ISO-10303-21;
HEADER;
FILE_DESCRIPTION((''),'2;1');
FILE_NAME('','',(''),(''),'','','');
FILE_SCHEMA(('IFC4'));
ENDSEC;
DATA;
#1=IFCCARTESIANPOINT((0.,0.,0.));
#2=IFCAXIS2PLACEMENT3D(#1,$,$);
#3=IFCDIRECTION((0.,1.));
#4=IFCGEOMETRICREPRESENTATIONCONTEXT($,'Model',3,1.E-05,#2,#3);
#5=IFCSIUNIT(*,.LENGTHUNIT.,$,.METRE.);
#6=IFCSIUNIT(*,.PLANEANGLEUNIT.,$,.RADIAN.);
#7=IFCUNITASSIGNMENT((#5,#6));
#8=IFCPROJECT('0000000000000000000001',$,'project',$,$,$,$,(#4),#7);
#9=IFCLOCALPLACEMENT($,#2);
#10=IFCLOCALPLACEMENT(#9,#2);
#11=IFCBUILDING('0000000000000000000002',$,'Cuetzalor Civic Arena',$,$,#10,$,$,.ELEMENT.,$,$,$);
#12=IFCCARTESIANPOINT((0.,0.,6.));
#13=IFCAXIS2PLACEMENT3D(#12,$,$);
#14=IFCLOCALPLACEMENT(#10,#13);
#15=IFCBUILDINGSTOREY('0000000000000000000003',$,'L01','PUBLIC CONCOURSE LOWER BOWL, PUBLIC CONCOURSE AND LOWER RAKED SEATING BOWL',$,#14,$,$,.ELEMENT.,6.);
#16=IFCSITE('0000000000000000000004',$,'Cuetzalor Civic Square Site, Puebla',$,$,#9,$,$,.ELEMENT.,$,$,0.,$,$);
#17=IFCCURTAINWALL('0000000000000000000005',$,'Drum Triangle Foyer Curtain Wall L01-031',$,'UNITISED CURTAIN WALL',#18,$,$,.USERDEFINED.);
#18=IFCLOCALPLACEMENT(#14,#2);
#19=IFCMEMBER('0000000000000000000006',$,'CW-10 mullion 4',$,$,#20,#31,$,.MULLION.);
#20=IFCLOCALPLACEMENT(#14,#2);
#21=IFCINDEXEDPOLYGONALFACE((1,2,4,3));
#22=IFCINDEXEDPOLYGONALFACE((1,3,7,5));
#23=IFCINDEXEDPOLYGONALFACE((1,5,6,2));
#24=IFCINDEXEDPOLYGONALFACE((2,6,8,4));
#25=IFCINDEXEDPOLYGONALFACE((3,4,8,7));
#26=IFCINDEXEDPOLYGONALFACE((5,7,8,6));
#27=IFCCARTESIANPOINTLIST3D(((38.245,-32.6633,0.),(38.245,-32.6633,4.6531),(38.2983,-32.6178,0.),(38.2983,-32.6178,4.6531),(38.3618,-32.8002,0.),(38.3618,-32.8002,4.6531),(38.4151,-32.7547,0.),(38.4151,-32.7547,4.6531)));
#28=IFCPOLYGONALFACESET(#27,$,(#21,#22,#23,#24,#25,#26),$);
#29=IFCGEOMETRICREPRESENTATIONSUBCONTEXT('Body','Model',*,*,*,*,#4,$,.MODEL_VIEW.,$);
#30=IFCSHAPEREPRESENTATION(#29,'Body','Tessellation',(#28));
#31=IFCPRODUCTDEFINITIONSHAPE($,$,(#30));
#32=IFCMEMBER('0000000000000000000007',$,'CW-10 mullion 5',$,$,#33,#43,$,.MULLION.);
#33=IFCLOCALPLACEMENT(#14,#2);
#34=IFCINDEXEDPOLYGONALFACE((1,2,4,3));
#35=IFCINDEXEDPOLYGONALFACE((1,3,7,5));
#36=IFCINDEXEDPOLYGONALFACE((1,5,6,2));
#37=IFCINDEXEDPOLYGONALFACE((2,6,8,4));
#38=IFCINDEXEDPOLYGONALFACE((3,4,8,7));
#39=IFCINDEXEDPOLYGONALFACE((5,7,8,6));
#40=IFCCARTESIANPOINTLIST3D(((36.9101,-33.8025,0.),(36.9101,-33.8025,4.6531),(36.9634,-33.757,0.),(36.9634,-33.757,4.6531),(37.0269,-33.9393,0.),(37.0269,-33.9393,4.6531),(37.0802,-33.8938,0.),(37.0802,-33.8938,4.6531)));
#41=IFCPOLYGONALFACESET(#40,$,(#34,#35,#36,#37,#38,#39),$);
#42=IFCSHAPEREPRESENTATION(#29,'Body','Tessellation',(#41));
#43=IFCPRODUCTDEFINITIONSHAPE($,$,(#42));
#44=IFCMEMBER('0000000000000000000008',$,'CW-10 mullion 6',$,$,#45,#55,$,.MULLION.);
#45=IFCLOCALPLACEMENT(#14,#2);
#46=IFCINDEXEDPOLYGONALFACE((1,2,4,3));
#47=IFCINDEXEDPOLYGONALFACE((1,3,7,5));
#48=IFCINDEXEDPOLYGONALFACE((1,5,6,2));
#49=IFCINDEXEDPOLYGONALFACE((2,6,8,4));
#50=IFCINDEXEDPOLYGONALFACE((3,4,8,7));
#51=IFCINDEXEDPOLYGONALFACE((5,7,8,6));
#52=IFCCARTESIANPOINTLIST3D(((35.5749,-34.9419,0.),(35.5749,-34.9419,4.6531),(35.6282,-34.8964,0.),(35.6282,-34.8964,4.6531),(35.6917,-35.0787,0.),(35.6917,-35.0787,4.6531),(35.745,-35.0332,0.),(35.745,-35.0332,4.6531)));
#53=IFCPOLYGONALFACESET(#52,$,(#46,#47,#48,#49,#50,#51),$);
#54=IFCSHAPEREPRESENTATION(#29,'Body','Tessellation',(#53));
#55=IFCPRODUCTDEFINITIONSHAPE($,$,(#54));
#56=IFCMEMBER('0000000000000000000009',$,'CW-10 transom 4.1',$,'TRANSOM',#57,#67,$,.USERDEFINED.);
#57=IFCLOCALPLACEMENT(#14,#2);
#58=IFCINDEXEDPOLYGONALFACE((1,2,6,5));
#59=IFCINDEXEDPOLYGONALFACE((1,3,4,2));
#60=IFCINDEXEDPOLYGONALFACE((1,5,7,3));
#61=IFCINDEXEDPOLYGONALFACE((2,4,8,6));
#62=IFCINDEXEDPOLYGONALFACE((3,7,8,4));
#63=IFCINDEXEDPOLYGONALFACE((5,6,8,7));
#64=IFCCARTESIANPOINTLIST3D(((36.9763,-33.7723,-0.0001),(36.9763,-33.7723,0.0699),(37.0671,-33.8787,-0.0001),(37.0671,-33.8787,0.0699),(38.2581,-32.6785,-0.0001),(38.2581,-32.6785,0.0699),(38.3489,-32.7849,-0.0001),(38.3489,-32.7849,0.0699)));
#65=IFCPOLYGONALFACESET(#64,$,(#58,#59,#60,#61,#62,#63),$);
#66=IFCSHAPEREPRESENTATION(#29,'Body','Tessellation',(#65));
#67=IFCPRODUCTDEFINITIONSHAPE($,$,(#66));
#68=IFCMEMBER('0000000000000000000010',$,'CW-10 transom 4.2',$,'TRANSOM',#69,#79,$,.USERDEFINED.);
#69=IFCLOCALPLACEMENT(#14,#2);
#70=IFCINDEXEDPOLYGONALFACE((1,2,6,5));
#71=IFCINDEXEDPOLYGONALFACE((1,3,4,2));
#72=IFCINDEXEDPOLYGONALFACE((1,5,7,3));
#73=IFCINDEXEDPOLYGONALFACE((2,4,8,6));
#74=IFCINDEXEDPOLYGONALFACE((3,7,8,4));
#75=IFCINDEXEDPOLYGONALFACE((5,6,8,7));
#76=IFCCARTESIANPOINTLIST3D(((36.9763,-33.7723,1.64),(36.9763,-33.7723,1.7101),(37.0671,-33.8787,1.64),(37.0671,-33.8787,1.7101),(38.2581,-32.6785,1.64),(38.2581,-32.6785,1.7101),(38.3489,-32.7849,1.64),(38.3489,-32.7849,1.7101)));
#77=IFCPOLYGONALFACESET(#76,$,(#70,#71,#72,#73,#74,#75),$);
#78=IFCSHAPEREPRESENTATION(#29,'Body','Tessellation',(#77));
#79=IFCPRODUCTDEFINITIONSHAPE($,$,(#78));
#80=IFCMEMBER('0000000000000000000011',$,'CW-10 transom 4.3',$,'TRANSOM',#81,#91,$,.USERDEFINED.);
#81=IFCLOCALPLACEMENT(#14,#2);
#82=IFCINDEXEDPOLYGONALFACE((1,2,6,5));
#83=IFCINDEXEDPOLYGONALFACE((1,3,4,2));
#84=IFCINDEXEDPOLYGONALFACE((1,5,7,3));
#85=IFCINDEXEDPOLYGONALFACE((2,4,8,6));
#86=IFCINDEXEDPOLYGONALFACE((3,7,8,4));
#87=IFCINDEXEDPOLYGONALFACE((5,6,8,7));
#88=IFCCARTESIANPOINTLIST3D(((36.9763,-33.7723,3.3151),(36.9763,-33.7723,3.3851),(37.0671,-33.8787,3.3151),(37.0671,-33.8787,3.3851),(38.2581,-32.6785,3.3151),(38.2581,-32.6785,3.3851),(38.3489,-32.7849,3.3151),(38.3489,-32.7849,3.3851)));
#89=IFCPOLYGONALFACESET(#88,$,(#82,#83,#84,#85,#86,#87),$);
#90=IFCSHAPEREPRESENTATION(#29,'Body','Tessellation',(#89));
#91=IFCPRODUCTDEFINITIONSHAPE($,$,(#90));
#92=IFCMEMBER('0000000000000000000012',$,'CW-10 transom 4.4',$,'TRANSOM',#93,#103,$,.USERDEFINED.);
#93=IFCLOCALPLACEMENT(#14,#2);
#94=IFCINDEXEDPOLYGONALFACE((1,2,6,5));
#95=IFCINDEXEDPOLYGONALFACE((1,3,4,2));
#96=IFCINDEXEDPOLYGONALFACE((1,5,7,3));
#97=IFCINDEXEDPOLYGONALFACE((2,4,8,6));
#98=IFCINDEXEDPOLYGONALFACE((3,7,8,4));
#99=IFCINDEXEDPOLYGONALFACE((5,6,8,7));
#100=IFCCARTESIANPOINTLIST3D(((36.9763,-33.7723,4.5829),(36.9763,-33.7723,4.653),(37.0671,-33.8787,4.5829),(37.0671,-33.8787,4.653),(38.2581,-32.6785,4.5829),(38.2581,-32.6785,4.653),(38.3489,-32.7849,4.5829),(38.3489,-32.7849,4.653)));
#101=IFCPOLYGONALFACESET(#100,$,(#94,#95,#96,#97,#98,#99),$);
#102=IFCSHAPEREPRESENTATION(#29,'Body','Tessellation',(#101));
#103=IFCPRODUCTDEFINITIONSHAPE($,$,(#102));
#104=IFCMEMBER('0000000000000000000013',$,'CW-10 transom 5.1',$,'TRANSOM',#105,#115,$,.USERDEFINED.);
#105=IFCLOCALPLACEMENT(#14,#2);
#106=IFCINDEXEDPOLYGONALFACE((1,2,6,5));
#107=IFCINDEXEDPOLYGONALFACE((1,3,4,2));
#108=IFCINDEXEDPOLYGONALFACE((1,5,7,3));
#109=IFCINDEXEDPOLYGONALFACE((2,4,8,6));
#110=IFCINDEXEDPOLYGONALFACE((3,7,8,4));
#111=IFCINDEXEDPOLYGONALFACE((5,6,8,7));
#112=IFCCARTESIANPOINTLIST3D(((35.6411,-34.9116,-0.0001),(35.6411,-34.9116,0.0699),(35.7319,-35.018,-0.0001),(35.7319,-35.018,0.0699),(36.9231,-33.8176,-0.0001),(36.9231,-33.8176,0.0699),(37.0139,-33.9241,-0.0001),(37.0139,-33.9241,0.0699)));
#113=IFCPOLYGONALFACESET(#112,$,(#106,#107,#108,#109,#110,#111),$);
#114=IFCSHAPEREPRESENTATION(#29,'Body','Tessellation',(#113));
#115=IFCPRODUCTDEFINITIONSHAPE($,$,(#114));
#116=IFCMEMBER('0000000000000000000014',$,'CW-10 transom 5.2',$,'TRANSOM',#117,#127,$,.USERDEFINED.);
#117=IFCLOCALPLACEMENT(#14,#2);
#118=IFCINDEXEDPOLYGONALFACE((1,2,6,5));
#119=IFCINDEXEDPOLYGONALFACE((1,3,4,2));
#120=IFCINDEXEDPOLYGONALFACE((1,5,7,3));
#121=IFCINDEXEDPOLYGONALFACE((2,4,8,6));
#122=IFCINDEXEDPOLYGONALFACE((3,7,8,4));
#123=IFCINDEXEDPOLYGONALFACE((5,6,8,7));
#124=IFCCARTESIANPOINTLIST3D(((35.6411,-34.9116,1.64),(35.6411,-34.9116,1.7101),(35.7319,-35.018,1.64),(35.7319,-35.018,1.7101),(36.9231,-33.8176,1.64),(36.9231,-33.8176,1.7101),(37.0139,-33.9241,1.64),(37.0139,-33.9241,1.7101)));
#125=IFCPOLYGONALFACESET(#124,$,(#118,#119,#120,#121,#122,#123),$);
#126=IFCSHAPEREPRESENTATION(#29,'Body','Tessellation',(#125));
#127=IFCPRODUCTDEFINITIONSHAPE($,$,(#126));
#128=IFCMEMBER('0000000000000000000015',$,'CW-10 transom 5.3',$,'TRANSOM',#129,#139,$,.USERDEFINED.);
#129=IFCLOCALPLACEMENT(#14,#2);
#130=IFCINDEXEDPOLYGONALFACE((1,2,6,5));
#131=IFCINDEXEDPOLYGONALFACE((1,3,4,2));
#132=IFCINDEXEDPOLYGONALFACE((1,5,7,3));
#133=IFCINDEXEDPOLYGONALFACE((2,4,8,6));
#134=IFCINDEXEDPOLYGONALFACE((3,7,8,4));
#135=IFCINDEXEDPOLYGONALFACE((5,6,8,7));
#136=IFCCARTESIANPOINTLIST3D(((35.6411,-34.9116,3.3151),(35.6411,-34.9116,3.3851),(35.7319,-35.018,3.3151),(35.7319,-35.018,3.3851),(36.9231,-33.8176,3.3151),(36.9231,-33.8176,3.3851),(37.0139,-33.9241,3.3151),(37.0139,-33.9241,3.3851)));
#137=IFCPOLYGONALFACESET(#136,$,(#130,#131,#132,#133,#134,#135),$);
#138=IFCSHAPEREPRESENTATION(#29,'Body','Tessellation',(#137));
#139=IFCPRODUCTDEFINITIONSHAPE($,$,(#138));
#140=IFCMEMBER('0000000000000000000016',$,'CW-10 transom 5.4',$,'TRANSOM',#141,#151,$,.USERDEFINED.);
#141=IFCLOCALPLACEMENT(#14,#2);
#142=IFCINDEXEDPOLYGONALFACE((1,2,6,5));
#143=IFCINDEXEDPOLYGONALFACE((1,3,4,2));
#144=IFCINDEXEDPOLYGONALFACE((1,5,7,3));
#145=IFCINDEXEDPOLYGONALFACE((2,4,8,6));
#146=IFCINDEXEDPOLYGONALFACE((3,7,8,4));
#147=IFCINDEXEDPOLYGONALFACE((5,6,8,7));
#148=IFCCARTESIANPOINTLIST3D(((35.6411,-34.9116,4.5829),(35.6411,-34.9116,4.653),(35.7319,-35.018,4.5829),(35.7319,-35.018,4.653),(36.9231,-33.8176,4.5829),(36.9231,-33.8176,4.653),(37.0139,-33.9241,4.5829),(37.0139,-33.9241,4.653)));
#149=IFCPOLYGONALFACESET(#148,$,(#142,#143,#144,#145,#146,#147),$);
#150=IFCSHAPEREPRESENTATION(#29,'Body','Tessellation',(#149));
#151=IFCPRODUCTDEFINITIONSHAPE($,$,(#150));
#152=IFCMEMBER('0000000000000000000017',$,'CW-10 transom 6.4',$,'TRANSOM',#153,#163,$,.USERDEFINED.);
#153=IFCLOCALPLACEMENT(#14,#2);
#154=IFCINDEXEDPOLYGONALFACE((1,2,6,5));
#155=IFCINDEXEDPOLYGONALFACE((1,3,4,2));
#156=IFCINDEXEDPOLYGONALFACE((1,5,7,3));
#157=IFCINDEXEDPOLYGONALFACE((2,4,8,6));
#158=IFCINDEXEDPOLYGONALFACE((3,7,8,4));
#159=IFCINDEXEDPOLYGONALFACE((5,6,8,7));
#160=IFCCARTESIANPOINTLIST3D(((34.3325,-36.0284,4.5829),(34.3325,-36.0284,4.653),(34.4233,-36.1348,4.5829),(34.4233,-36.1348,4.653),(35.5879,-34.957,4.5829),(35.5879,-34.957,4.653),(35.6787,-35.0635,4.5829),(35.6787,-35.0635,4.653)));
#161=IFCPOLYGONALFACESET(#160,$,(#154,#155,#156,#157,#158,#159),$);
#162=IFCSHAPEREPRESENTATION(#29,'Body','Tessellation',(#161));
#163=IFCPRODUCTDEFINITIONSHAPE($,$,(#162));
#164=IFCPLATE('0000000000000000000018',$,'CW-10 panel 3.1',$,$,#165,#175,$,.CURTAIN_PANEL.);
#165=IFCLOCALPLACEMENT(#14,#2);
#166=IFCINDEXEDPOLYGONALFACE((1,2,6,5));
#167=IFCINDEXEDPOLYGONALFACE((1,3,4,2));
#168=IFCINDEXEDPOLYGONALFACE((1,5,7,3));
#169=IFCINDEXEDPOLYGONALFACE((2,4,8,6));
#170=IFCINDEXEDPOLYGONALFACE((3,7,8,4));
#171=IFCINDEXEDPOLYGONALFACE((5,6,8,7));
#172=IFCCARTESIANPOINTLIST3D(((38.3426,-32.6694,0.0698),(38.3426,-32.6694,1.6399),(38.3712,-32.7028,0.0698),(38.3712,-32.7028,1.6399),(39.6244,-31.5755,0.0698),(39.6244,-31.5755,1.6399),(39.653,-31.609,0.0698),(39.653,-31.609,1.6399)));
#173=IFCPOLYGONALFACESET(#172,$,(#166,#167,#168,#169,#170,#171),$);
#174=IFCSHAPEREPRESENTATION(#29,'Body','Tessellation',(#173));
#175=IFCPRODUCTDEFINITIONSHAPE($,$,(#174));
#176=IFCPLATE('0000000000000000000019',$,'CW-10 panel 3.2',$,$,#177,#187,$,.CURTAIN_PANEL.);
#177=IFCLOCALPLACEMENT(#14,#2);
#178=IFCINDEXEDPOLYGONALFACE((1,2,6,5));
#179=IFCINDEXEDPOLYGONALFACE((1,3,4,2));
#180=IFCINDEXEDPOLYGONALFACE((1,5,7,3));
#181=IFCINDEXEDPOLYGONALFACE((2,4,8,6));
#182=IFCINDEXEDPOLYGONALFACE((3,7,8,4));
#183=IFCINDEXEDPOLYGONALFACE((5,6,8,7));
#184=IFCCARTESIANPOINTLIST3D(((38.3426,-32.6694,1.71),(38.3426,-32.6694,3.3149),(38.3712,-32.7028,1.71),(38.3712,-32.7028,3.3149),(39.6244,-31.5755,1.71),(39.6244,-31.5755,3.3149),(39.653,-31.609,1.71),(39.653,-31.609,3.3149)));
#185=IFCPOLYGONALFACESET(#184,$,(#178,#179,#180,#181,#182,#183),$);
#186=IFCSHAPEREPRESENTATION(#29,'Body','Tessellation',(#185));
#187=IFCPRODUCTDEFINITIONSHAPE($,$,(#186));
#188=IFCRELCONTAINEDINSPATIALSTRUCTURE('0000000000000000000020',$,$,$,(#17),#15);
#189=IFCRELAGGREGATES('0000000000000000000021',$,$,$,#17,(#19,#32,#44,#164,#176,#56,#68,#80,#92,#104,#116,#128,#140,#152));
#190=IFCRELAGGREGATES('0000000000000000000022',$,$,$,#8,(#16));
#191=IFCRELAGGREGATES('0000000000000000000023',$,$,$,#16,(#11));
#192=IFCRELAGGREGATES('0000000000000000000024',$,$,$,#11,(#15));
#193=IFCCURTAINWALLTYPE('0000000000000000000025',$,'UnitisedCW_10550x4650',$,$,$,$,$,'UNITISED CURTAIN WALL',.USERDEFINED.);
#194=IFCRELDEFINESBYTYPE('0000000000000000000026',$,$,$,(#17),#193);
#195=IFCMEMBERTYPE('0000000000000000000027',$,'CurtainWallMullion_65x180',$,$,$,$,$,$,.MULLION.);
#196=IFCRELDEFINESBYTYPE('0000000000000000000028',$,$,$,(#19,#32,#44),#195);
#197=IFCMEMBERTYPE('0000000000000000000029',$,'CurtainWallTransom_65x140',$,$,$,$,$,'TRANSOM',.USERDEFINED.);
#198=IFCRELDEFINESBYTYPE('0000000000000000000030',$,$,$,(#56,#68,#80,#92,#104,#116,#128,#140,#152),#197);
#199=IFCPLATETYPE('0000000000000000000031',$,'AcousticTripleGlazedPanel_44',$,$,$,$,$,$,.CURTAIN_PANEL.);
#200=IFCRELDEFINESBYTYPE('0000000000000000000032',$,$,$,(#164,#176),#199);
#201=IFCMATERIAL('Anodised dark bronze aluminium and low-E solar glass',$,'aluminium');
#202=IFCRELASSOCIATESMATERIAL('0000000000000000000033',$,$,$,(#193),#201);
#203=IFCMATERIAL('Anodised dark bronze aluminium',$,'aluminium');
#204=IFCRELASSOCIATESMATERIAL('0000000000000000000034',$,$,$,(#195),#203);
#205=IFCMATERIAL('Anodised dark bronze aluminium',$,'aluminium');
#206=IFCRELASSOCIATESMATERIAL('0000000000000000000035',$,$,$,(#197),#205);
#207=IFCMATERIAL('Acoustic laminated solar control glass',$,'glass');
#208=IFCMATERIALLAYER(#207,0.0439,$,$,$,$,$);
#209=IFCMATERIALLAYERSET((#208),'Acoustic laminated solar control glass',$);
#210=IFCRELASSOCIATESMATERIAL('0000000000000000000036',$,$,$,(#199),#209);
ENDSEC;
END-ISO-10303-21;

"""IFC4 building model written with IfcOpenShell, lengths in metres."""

from ifc_helpers import new_model, si_unit, direction, frame, origin, origin_2d, place, context, subcontext, project, spatial, rectangle, extrude, material, layer, layer_set, material_profile, profile_set, type_object, element, aggregate, save


model = new_model("IFC4")

# Units and contexts
model_context = context("Model", 3, precision=1e-05, world=origin(), true_north=direction((0.0, 1.0)))
body_context = subcontext(model_context, "Body", "Model", "MODEL_VIEW")
ifc_project = project(units=[si_unit("LENGTHUNIT", "METRE"), si_unit("PLANEANGLEUNIT", "RADIAN")], contexts=[model_context])

# Site, building, storey
site_placement = place(None, origin())
site = spatial("IfcSite", under=ifc_project, at=site_placement, Name="Cuetzalor Civic Square Site, Puebla", CompositionType="ELEMENT", RefElevation=0.0)
building_placement = place(site_placement, origin())
building = spatial("IfcBuilding", under=site, at=building_placement, Name="Cuetzalor Civic Arena", CompositionType="ELEMENT")
storey_placement = place(building_placement, frame((0.0, 0.0, 6.0)))
storey = spatial("IfcBuildingStorey", under=building, at=storey_placement, Name="L01", Description="PUBLIC CONCOURSE LOWER BOWL, PUBLIC CONCOURSE AND LOWER RAKED SEATING BOWL", CompositionType="ELEMENT", Elevation=6.0)

# Curtain wall, members, plates
ifc_material_1 = material(Name="Anodised dark bronze aluminium and low-E solar glass", Category="aluminium")
curtain_wall_type = type_object("IfcCurtainWallType", Name="UnitisedCW_10550x4650", ElementType="UNITISED CURTAIN WALL", PredefinedType="USERDEFINED", material=ifc_material_1)
curtain_wall_placement = place(storey_placement, origin())
curtain_wall = element("IfcCurtainWall", 1, at=curtain_wall_placement, inside=storey, type_object=curtain_wall_type, Name="Drum Triangle Foyer Curtain Wall L01-031", ObjectType="UNITISED CURTAIN WALL", PredefinedType="USERDEFINED")
ifc_material_2 = material(Name="Anodised dark bronze aluminium", Category="aluminium")
ifc_material_profile_1 = material_profile(ifc_material_2, rectangle(XDim=0.0701, YDim=0.1799, at=origin_2d()), Name="ALU MULLION 70x180")
ifc_profile_set_1 = profile_set([ifc_material_profile_1], Name="Anodised dark bronze aluminium")
member_type_1 = type_object("IfcMemberType", Name="CurtainWallMullion_65x180", PredefinedType="MULLION", material=ifc_profile_set_1)
member_1_placement = place(storey_placement, frame((38.3301, -32.709, 0.0), z_axis=(0.0, 0.0, 1.0), x_axis=(-0.760677, -0.64913, 0.0)))
member_1 = element("IfcMember", 2, at=member_1_placement, type_object=member_type_1, Name="CW-10 mullion 4", PredefinedType="MULLION", context=body_context, shape_type="SweptSolid", body=[
    extrude(rectangle(XDim=0.0701, YDim=0.1799, at=origin_2d()), origin(), (0.0, 0.0, 1.0), 4.6531),
])
member_2_placement = place(storey_placement, frame((36.9951, -33.8481, 0.0), z_axis=(0.0, 0.0, 1.0), x_axis=(-0.760677, -0.64913, 0.0)))
member_2 = element("IfcMember", 3, at=member_2_placement, type_object=member_type_1, Name="CW-10 mullion 5", PredefinedType="MULLION", context=body_context, shape_type="SweptSolid", body=[
    extrude(rectangle(XDim=0.0701, YDim=0.1799, at=origin_2d()), origin(), (0.0, 0.0, 1.0), 4.6531),
])
member_3_placement = place(storey_placement, frame((35.6599, -34.9875, 0.0), z_axis=(0.0, 0.0, 1.0), x_axis=(-0.760677, -0.64913, 0.0)))
member_3 = element("IfcMember", 4, at=member_3_placement, type_object=member_type_1, Name="CW-10 mullion 6", PredefinedType="MULLION", context=body_context, shape_type="SweptSolid", body=[
    extrude(rectangle(XDim=0.0701, YDim=0.1799, at=origin_2d()), origin(), (0.0, 0.0, 1.0), 4.6531),
])
ifc_material_3 = material(Name="Anodised dark bronze aluminium", Category="aluminium")
ifc_material_profile_2 = material_profile(ifc_material_3, rectangle(XDim=0.1399, YDim=0.0701, at=origin_2d()), Name="ALU TRANSOM 70x140")
ifc_profile_set_2 = profile_set([ifc_material_profile_2], Name="Anodised dark bronze aluminium")
member_type_2 = type_object("IfcMemberType", Name="CurtainWallTransom_65x140", ElementType="TRANSOM", PredefinedType="USERDEFINED", material=ifc_profile_set_2)
member_4_placement = place(storey_placement, frame((38.3035, -32.7317, 0.0349), z_axis=(-0.760687, -0.649119, 0.0), x_axis=(0.649119, -0.760687, 0.0)))
member_4 = element("IfcMember", 5, at=member_4_placement, type_object=member_type_2, Name="CW-10 transom 4.1", ObjectType="TRANSOM", PredefinedType="USERDEFINED", context=body_context, shape_type="SweptSolid", body=[
    extrude(rectangle(XDim=0.1399, YDim=0.0701, at=origin_2d()), origin(), (0.0, 0.0, 1.0), 1.6851),
])
member_5_placement = place(storey_placement, frame((38.3035, -32.7317, 1.675), z_axis=(-0.760687, -0.649119, 0.0), x_axis=(0.649119, -0.760687, 0.0)))
member_5 = element("IfcMember", 6, at=member_5_placement, type_object=member_type_2, Name="CW-10 transom 4.2", ObjectType="TRANSOM", PredefinedType="USERDEFINED", context=body_context, shape_type="SweptSolid", body=[
    extrude(rectangle(XDim=0.1399, YDim=0.0701, at=origin_2d()), origin(), (0.0, 0.0, 1.0), 1.6851),
])
member_6_placement = place(storey_placement, frame((38.3035, -32.7317, 3.3501), z_axis=(-0.760687, -0.649119, 0.0), x_axis=(0.649119, -0.760687, 0.0)))
member_6 = element("IfcMember", 7, at=member_6_placement, type_object=member_type_2, Name="CW-10 transom 4.3", ObjectType="TRANSOM", PredefinedType="USERDEFINED", context=body_context, shape_type="SweptSolid", body=[
    extrude(rectangle(XDim=0.1399, YDim=0.0701, at=origin_2d()), origin(), (0.0, 0.0, 1.0), 1.6851),
])
member_7_placement = place(storey_placement, frame((38.3035, -32.7317, 4.6179), z_axis=(-0.760687, -0.649119, 0.0), x_axis=(0.649119, -0.760687, 0.0)))
member_7 = element("IfcMember", 8, at=member_7_placement, type_object=member_type_2, Name="CW-10 transom 4.4", ObjectType="TRANSOM", PredefinedType="USERDEFINED", context=body_context, shape_type="SweptSolid", body=[
    extrude(rectangle(XDim=0.1399, YDim=0.0701, at=origin_2d()), origin(), (0.0, 0.0, 1.0), 1.6851),
])
member_8_placement = place(storey_placement, frame((36.9685, -33.8708, 0.0349), z_axis=(-0.760676, -0.649132, 0.0), x_axis=(0.649132, -0.760676, 0.0)))
member_8 = element("IfcMember", 9, at=member_8_placement, type_object=member_type_2, Name="CW-10 transom 5.1", ObjectType="TRANSOM", PredefinedType="USERDEFINED", context=body_context, shape_type="SweptSolid", body=[
    extrude(rectangle(XDim=0.1399, YDim=0.0701, at=origin_2d()), origin(), (0.0, 0.0, 1.0), 1.6853),
])
member_9_placement = place(storey_placement, frame((36.9685, -33.8708, 1.675), z_axis=(-0.760676, -0.649132, 0.0), x_axis=(0.649132, -0.760676, 0.0)))
member_9 = element("IfcMember", 10, at=member_9_placement, type_object=member_type_2, Name="CW-10 transom 5.2", ObjectType="TRANSOM", PredefinedType="USERDEFINED", context=body_context, shape_type="SweptSolid", body=[
    extrude(rectangle(XDim=0.1399, YDim=0.0701, at=origin_2d()), origin(), (0.0, 0.0, 1.0), 1.6853),
])
member_10_placement = place(storey_placement, frame((36.9685, -33.8708, 3.3501), z_axis=(-0.760676, -0.649132, 0.0), x_axis=(0.649132, -0.760676, 0.0)))
member_10 = element("IfcMember", 11, at=member_10_placement, type_object=member_type_2, Name="CW-10 transom 5.3", ObjectType="TRANSOM", PredefinedType="USERDEFINED", context=body_context, shape_type="SweptSolid", body=[
    extrude(rectangle(XDim=0.1399, YDim=0.0701, at=origin_2d()), origin(), (0.0, 0.0, 1.0), 1.6853),
])
member_11_placement = place(storey_placement, frame((36.9685, -33.8708, 4.6179), z_axis=(-0.760676, -0.649132, 0.0), x_axis=(0.649132, -0.760676, 0.0)))
member_11 = element("IfcMember", 12, at=member_11_placement, type_object=member_type_2, Name="CW-10 transom 5.4", ObjectType="TRANSOM", PredefinedType="USERDEFINED", context=body_context, shape_type="SweptSolid", body=[
    extrude(rectangle(XDim=0.1399, YDim=0.0701, at=origin_2d()), origin(), (0.0, 0.0, 1.0), 1.6853),
])
member_12_placement = place(storey_placement, frame((35.6333, -35.0103, 4.6179), z_axis=(-0.760675, -0.649133, 0.0), x_axis=(0.649133, -0.760675, 0.0)))
member_12 = element("IfcMember", 13, at=member_12_placement, type_object=member_type_2, Name="CW-10 transom 6.4", ObjectType="TRANSOM", PredefinedType="USERDEFINED", context=body_context, shape_type="SweptSolid", body=[
    extrude(rectangle(XDim=0.1399, YDim=0.0701, at=origin_2d()), origin(), (0.0, 0.0, 1.0), 1.6504),
])
ifc_material_4 = material(Name="Acoustic laminated solar control glass", Category="glass")
ifc_layer_1 = layer(ifc_material_4, 0.0439)
ifc_layer_set_1 = layer_set([ifc_layer_1], Name="Acoustic laminated solar control glass")
plate_type = type_object("IfcPlateType", Name="AcousticTripleGlazedPanel_44", PredefinedType="CURTAIN_PANEL", material=ifc_layer_set_1)
plate_1_placement = place(storey_placement, frame((38.9978, -32.1392, 0.0698), z_axis=(0.0, 0.0, 1.0), x_axis=(-0.760677, -0.64913, 0.0)))
plate_1 = element("IfcPlate", 14, at=plate_1_placement, type_object=plate_type, Name="CW-10 panel 3.1", PredefinedType="CURTAIN_PANEL", context=body_context, shape_type="SweptSolid", body=[
    extrude(rectangle(XDim=1.6851, YDim=0.0439, at=origin_2d()), origin(), (0.0, 0.0, 1.0), 1.5701),
])
plate_2_placement = place(storey_placement, frame((38.9978, -32.1392, 1.71), z_axis=(0.0, 0.0, 1.0), x_axis=(-0.760677, -0.64913, 0.0)))
plate_2 = element("IfcPlate", 15, at=plate_2_placement, type_object=plate_type, Name="CW-10 panel 3.2", PredefinedType="CURTAIN_PANEL", context=body_context, shape_type="SweptSolid", body=[
    extrude(rectangle(XDim=1.6851, YDim=0.0439, at=origin_2d()), origin(), (0.0, 0.0, 1.0), 1.605),
])
aggregate(curtain_wall, [member_1, member_2, member_3, plate_1, plate_2, member_4, member_5, member_6, member_7, member_8, member_9, member_10, member_11, member_12])

save(model, "model.ifc")
